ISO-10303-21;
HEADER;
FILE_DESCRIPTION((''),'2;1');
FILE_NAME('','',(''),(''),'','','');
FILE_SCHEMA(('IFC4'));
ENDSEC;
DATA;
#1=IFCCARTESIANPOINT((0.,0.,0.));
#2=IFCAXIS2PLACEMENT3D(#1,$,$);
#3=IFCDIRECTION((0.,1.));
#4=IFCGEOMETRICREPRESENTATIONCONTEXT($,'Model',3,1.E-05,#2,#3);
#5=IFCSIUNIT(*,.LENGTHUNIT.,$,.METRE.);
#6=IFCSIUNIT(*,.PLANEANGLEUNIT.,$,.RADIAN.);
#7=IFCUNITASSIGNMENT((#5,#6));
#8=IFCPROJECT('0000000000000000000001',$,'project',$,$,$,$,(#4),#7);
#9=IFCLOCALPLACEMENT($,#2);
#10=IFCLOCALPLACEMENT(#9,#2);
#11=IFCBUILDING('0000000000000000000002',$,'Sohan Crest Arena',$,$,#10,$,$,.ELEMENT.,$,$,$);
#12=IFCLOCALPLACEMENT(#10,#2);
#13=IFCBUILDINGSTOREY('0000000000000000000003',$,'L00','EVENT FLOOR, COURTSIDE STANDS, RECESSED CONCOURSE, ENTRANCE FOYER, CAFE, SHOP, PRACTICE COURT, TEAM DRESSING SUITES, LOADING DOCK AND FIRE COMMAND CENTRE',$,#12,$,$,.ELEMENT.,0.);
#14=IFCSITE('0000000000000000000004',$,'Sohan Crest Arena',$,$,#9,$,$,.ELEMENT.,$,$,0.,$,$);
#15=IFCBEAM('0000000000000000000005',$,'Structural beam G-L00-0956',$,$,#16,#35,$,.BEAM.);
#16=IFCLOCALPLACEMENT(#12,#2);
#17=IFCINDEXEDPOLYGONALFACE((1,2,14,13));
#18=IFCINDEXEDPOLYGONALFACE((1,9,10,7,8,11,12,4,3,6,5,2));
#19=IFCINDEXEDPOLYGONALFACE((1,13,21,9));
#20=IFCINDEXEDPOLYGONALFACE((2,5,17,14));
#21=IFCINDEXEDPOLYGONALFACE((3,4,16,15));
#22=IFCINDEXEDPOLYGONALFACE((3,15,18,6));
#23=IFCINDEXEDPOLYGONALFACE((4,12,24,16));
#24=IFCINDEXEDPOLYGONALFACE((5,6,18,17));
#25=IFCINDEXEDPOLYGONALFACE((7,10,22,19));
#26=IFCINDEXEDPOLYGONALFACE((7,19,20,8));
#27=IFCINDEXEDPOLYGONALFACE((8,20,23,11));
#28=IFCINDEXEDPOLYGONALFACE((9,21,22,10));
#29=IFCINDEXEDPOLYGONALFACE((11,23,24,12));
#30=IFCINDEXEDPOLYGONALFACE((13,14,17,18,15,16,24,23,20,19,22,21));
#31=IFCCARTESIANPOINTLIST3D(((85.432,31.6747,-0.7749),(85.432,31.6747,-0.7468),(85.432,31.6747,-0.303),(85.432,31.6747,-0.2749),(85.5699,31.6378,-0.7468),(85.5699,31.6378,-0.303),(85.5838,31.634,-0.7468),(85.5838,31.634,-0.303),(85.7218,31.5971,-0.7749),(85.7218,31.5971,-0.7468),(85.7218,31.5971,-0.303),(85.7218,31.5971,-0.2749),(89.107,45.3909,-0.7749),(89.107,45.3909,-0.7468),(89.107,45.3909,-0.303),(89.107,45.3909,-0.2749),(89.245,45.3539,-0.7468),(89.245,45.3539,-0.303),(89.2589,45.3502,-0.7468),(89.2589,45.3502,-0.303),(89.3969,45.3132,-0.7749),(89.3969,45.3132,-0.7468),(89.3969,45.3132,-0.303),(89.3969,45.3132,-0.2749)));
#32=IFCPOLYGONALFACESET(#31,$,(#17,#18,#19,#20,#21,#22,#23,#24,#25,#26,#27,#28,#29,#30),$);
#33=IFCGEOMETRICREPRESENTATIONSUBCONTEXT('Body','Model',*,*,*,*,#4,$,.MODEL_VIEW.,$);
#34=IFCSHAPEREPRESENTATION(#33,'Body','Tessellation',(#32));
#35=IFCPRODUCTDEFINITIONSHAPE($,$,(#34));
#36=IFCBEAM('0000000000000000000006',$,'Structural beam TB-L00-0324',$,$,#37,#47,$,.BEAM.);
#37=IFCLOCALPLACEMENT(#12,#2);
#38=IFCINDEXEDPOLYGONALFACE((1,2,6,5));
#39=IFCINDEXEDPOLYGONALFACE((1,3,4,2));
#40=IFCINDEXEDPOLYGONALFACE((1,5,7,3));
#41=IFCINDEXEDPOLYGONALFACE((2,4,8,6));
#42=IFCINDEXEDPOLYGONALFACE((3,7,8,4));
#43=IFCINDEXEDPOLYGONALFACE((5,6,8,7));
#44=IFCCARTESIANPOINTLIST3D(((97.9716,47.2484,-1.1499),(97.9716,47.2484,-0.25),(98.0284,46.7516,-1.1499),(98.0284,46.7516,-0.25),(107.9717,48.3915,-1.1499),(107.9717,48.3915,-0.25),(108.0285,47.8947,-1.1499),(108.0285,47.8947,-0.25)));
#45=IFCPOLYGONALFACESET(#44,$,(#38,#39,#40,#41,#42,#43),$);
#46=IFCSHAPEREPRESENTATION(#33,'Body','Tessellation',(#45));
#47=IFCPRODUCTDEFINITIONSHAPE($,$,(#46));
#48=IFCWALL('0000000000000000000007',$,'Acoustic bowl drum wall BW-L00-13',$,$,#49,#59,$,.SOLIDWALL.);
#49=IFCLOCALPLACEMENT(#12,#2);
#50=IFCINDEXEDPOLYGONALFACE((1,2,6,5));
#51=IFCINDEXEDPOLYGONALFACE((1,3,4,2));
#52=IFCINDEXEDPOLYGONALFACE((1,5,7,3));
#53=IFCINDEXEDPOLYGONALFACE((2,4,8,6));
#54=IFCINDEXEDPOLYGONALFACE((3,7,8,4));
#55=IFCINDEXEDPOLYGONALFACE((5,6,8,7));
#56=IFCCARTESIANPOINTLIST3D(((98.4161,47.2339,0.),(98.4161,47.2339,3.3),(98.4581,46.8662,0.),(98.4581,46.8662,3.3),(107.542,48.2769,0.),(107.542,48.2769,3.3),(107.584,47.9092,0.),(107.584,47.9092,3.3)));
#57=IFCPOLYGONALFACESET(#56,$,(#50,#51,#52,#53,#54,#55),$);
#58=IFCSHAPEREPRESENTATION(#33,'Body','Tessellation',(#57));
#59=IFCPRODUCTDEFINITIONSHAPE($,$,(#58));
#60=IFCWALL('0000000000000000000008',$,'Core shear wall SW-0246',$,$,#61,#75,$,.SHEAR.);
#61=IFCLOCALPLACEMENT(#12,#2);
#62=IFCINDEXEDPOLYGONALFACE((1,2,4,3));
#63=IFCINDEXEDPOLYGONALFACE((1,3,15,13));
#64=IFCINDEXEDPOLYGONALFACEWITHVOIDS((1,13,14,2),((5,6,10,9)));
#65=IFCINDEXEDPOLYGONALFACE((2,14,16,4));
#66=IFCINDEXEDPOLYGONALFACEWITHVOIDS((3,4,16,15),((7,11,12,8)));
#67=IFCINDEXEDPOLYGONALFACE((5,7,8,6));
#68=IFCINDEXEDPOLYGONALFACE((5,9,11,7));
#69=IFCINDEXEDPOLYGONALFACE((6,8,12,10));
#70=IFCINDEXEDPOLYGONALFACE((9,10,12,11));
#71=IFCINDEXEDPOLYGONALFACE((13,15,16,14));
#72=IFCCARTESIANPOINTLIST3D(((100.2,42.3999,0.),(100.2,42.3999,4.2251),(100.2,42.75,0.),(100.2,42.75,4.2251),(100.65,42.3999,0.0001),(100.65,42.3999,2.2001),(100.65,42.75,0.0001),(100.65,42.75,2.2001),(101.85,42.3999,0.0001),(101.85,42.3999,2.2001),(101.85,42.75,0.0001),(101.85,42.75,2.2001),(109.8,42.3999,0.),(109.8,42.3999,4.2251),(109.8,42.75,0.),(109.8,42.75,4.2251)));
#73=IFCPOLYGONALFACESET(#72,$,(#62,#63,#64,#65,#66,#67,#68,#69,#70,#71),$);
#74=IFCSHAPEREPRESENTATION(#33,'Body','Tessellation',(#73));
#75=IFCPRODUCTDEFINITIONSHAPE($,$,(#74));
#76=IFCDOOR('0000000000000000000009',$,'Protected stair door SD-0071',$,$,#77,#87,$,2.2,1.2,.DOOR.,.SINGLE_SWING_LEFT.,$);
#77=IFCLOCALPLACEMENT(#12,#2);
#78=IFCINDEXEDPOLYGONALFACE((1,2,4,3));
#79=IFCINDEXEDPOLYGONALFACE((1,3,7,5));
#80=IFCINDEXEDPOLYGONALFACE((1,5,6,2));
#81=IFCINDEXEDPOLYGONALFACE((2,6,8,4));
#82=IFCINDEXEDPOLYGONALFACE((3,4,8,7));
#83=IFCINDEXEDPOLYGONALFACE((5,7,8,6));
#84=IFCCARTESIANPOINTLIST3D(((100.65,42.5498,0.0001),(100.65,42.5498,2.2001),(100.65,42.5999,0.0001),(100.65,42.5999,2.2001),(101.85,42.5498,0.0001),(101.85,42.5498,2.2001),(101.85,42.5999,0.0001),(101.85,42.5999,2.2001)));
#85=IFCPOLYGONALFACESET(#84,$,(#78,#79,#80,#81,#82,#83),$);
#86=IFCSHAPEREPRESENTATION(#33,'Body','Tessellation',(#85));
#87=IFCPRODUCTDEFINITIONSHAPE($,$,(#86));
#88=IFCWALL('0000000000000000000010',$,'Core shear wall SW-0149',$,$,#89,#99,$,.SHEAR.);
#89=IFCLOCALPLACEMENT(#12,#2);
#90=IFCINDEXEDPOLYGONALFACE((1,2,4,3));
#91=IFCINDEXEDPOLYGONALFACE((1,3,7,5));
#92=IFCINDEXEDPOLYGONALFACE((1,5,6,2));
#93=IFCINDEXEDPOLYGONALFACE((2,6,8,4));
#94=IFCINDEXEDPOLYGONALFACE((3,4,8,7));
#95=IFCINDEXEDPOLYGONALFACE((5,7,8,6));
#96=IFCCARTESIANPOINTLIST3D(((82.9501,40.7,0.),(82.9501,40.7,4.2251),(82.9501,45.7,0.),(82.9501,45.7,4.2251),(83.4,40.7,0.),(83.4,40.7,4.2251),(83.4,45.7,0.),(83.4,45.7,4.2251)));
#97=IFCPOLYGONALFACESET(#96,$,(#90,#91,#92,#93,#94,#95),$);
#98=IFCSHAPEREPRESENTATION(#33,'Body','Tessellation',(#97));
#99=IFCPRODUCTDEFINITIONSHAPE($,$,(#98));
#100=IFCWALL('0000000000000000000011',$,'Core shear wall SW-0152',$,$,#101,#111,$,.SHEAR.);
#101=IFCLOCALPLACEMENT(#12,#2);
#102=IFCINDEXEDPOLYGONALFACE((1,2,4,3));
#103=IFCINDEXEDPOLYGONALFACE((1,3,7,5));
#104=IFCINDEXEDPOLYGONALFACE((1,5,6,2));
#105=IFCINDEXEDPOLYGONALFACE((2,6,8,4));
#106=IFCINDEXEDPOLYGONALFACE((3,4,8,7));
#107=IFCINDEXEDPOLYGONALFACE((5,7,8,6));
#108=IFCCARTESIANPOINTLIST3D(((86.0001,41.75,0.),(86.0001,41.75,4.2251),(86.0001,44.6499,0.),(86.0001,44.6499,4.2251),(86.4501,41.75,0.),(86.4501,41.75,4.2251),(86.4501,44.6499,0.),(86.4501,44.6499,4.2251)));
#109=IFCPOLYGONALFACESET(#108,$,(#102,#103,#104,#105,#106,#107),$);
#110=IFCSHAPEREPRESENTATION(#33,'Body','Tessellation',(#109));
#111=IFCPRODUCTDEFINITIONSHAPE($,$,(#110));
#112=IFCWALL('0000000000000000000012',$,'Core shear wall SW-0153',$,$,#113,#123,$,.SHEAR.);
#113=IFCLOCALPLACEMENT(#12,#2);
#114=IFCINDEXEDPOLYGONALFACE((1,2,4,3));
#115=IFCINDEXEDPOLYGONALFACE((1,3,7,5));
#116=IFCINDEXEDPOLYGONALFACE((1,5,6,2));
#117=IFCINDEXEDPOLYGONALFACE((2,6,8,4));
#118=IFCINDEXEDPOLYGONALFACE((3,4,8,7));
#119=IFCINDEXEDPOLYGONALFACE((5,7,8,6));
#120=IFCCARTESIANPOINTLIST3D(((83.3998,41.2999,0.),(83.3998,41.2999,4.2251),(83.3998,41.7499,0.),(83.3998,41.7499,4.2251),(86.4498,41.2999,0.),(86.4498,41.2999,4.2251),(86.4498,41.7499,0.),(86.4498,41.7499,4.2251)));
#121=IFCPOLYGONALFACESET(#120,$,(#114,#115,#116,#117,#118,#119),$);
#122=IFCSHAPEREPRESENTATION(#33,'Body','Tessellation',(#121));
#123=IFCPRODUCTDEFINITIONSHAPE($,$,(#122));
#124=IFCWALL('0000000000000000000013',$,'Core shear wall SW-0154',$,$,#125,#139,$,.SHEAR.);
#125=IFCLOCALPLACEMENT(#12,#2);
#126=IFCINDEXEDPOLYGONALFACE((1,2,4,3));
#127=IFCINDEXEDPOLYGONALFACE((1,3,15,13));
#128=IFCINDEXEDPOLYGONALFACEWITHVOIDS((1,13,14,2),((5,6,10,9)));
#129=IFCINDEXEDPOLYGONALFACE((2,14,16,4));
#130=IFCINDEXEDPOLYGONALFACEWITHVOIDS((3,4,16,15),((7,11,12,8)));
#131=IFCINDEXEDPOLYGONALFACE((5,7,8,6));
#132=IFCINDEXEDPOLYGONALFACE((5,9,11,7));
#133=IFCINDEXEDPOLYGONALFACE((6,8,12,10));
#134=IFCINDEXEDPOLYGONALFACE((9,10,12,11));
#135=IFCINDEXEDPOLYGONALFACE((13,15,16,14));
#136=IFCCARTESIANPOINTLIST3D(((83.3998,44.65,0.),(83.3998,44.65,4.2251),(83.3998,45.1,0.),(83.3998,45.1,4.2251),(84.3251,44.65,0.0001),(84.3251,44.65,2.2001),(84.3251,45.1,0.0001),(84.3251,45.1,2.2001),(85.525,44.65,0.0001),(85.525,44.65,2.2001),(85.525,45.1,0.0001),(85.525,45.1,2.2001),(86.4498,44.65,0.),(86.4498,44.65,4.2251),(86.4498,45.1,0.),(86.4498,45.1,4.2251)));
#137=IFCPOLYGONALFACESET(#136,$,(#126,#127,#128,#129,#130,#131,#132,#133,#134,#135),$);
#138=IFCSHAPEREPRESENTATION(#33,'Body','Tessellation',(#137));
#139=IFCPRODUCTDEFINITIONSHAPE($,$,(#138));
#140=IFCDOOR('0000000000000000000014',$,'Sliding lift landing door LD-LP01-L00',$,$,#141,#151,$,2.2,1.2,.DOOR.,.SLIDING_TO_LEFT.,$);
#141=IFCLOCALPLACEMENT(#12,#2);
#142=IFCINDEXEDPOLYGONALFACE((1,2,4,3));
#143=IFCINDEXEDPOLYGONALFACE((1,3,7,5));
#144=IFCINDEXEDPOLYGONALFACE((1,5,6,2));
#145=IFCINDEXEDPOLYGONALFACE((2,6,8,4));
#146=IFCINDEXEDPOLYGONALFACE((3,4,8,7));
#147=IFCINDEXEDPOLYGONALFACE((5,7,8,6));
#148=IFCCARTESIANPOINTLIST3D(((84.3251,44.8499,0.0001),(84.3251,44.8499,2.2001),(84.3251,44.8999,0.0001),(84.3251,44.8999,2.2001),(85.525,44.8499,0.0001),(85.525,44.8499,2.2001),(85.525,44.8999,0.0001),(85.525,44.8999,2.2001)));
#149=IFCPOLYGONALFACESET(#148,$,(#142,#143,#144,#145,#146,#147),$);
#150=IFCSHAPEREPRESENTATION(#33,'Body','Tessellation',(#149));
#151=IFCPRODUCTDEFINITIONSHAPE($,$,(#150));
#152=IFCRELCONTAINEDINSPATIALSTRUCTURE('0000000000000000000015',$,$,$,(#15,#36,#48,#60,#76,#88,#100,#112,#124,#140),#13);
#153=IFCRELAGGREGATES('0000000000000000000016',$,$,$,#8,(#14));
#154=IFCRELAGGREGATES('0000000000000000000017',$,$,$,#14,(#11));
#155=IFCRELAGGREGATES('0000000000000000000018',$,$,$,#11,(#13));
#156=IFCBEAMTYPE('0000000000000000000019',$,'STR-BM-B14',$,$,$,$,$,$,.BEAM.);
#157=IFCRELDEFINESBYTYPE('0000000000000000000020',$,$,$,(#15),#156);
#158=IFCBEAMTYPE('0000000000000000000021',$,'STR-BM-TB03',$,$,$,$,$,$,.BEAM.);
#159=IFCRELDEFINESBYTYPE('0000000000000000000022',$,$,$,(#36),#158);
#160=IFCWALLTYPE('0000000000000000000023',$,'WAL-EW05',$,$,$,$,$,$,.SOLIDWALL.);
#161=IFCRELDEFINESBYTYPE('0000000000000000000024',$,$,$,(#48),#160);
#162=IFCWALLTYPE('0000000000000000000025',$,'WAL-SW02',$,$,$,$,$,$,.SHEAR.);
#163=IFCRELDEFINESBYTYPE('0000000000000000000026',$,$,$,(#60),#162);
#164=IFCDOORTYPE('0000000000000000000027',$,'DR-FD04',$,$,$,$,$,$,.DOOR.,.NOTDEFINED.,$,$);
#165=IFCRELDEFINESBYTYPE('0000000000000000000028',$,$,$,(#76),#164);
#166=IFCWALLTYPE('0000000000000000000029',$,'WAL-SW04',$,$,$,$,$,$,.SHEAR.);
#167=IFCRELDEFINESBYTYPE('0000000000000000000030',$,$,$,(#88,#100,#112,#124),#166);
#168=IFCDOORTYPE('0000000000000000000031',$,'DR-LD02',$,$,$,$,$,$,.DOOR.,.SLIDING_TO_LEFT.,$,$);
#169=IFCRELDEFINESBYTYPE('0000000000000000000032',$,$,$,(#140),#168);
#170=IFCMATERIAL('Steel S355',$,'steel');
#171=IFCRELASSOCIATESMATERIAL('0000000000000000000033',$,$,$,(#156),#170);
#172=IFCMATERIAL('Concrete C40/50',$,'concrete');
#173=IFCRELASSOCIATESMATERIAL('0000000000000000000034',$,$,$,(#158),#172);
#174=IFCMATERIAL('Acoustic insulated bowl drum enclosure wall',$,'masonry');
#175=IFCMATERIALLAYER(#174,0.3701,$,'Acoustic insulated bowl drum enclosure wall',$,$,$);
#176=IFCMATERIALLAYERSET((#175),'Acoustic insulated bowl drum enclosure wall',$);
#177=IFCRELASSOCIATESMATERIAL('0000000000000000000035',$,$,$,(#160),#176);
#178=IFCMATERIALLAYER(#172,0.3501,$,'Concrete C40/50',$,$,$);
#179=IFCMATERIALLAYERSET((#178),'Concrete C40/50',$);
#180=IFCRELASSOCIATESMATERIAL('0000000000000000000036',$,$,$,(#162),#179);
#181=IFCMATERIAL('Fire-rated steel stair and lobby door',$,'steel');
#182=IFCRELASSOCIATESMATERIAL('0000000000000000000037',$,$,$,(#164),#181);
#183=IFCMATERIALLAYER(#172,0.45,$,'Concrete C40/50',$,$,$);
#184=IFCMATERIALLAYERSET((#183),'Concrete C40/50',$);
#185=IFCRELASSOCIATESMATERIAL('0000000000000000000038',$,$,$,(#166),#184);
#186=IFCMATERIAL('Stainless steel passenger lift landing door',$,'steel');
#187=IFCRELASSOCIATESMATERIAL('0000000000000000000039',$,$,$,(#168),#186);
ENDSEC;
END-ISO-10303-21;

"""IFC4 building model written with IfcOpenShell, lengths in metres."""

from ifc_helpers import new_model, si_unit, direction, frame, frame_2d, origin, origin_2d, place, context, subcontext, project, spatial, rectangle, i_section, extrude, material, layer, layer_set, material_profile, profile_set, type_object, element, fill, save


model = new_model("IFC4")

# Units and contexts
model_context = context("Model", 3, precision=1e-05, world=origin(), true_north=direction((0.0, 1.0)))
body_context = subcontext(model_context, "Body", "Model", "MODEL_VIEW")
ifc_project = project(units=[si_unit("LENGTHUNIT", "METRE"), si_unit("PLANEANGLEUNIT", "RADIAN")], contexts=[model_context])

# Site, building, storey
site_placement = place(None, origin())
site = spatial("IfcSite", under=ifc_project, at=site_placement, Name="Sohan Crest Arena", CompositionType="ELEMENT", RefElevation=0.0)
building_placement = place(site_placement, origin())
building = spatial("IfcBuilding", under=site, at=building_placement, Name="Sohan Crest Arena", CompositionType="ELEMENT")
storey_placement = place(building_placement, origin())
storey = spatial("IfcBuildingStorey", under=building, at=storey_placement, Name="L00", Description="EVENT FLOOR, COURTSIDE STANDS, RECESSED CONCOURSE, ENTRANCE FOYER, CAFE, SHOP, PRACTICE COURT, TEAM DRESSING SUITES, LOADING DOCK AND FIRE COMMAND CENTRE", CompositionType="ELEMENT", Elevation=0.0)

# Shared definitions
ifc_material_1 = material(Name="Concrete C40/50", Category="concrete")
ifc_material_2 = material(Name="Steel S355", Category="steel")

# Beams
ifc_material_profile_1 = material_profile(ifc_material_2, i_section(OverallWidth=0.3, OverallDepth=0.5, WebThickness=0.0144, FlangeThickness=0.0281, at=origin_2d()), Name="HEB 500")
ifc_profile_set_1 = profile_set([ifc_material_profile_1], Name="Steel S355")
beam_type_1 = type_object("IfcBeamType", Name="STR-BM-B14", PredefinedType="BEAM", material=ifc_profile_set_1)
beam_1_placement = place(storey_placement, frame((89.252, 45.3521, -0.5249), z_axis=(-0.258809, -0.965929, 0.0), x_axis=(0.965929, -0.258809, 0.0)))
element("IfcBeam", 1, at=beam_1_placement, inside=storey, type_object=beam_type_1, Name="Structural beam G-L00-0956", PredefinedType="BEAM", context=body_context, shape_type="SweptSolid", body=[
    extrude(i_section(OverallWidth=0.3, OverallDepth=0.5, WebThickness=0.0144, FlangeThickness=0.0281, at=origin_2d()), origin(), (0.0, 0.0, 1.0), 14.2),
])
ifc_material_profile_2 = material_profile(ifc_material_1, rectangle(XDim=0.5, YDim=0.8999, at=origin_2d()), Name="RC-BM 500x900")
ifc_profile_set_2 = profile_set([ifc_material_profile_2], Name="Concrete C40/50")
beam_type_2 = type_object("IfcBeamType", Name="STR-BM-TB03", PredefinedType="BEAM", material=ifc_profile_set_2)
beam_2_placement = place(storey_placement, frame((98.0, 47.0, -0.7), z_axis=(0.99353, 0.113567, 0.0), x_axis=(-0.113567, 0.99353, 0.0)))
element("IfcBeam", 2, at=beam_2_placement, inside=storey, type_object=beam_type_2, Name="Structural beam TB-L00-0324", PredefinedType="BEAM", context=body_context, shape_type="SweptSolid", body=[
    extrude(rectangle(XDim=0.5, YDim=0.8999, at=origin_2d()), origin(), (0.0, 0.0, 1.0), 10.0652),
])

# Wall
ifc_material_3 = material(Name="Acoustic insulated bowl drum enclosure wall", Category="masonry")
ifc_layer_1 = layer(ifc_material_3, 0.3701, Name="Acoustic insulated bowl drum enclosure wall")
ifc_layer_set_1 = layer_set([ifc_layer_1], Name="Acoustic insulated bowl drum enclosure wall")
wall_type_1 = type_object("IfcWallType", Name="WAL-EW05", PredefinedType="SOLIDWALL", material=ifc_layer_set_1)
wall_1_placement = place(storey_placement, frame((98.437, 47.05, 0.0), z_axis=(0.0, 0.0, 1.0), x_axis=(0.993533, 0.113547, 0.0)))
element("IfcWall", 3, at=wall_1_placement, inside=storey, type_object=wall_type_1, Name="Acoustic bowl drum wall BW-L00-13", PredefinedType="SOLIDWALL", context=body_context, shape_type="SweptSolid", body=[
    extrude(rectangle(XDim=9.1853, YDim=0.3701, at=frame_2d((4.5928, 0.0))), origin(), (0.0, 0.0, 1.0), 3.3),
])

# Wall, opening, door
ifc_layer_2 = layer(ifc_material_1, 0.3501, Name="Concrete C40/50")
ifc_layer_set_2 = layer_set([ifc_layer_2], Name="Concrete C40/50")
wall_type_2 = type_object("IfcWallType", Name="WAL-SW02", PredefinedType="SHEAR", material=ifc_layer_set_2)
wall_2_placement = place(storey_placement, frame((100.2, 42.575, 0.0), z_axis=(0.0, 0.0, 1.0), x_axis=(1.0, 0.0, 0.0)))
wall_2 = element("IfcWall", 4, at=wall_2_placement, inside=storey, type_object=wall_type_2, Name="Core shear wall SW-0246", PredefinedType="SHEAR", context=body_context, shape_type="SweptSolid", body=[
    extrude(rectangle(XDim=9.6001, YDim=0.3501, at=frame_2d((4.8, 0.0))), origin(), (0.0, 0.0, 1.0), 4.2251),
])
opening_1_placement = place(wall_2_placement, frame((0.45, 0.0, 0.0)))
opening_1 = element("IfcOpeningElement", 5, at=opening_1_placement, cuts=wall_2, PredefinedType="OPENING", context=body_context, shape_type="SweptSolid", body=[
    extrude(rectangle(XDim=1.2, YDim=2.2, at=frame_2d((0.6001, 1.1001))), frame((0.0, 0.1851, 0.0), z_axis=(0.0, -1.0, 0.0), x_axis=(1.0, 0.0, 0.0)), (0.0, 0.0, 1.0), 0.3701),
])
ifc_material_4 = material(Name="Fire-rated steel stair and lobby door", Category="steel")
door_type_1 = type_object("IfcDoorType", Name="DR-FD04", OperationType="NOTDEFINED", PredefinedType="DOOR", material=ifc_material_4)
door_1_placement = place(opening_1_placement, origin())
door_1 = element("IfcDoor", 6, at=door_1_placement, inside=storey, type_object=door_type_1, Name="Protected stair door SD-0071", OperationType="SINGLE_SWING_LEFT", OverallHeight=2.2, OverallWidth=1.2, PredefinedType="DOOR", context=body_context, shape_type="SweptSolid", body=[
    extrude(rectangle(XDim=1.2, YDim=2.2, at=frame_2d((0.6001, 1.1001))), frame((0.0, 0.0249, 0.0), z_axis=(0.0, -1.0, 0.0), x_axis=(1.0, 0.0, 0.0)), (0.0, 0.0, 1.0), 0.05),
])
fill(opening_1, door_1)

# Walls
ifc_layer_3 = layer(ifc_material_1, 0.45, Name="Concrete C40/50")
ifc_layer_set_3 = layer_set([ifc_layer_3], Name="Concrete C40/50")
wall_type_3 = type_object("IfcWallType", Name="WAL-SW04", PredefinedType="SHEAR", material=ifc_layer_set_3)
wall_3_placement = place(storey_placement, frame((83.175, 40.7, 0.0), z_axis=(0.0, 0.0, 1.0), x_axis=(0.0, 1.0, 0.0)))
element("IfcWall", 7, at=wall_3_placement, inside=storey, type_object=wall_type_3, Name="Core shear wall SW-0149", PredefinedType="SHEAR", context=body_context, shape_type="SweptSolid", body=[
    extrude(rectangle(XDim=5.0, YDim=0.45, at=frame_2d((2.5, 0.0))), origin(), (0.0, 0.0, 1.0), 4.2251),
])
wall_4_placement = place(storey_placement, frame((86.2251, 41.75, 0.0), z_axis=(0.0, 0.0, 1.0), x_axis=(0.0, 1.0, 0.0)))
element("IfcWall", 8, at=wall_4_placement, inside=storey, type_object=wall_type_3, Name="Core shear wall SW-0152", PredefinedType="SHEAR", context=body_context, shape_type="SweptSolid", body=[
    extrude(rectangle(XDim=2.8999, YDim=0.45, at=frame_2d((1.45, 0.0))), origin(), (0.0, 0.0, 1.0), 4.2251),
])
wall_5_placement = place(storey_placement, frame((83.3999, 41.5249, 0.0), z_axis=(0.0, 0.0, 1.0), x_axis=(1.0, 0.0, 0.0)))
element("IfcWall", 9, at=wall_5_placement, inside=storey, type_object=wall_type_3, Name="Core shear wall SW-0153", PredefinedType="SHEAR", context=body_context, shape_type="SweptSolid", body=[
    extrude(rectangle(XDim=3.05, YDim=0.45, at=frame_2d((1.5249, 0.0))), origin(), (0.0, 0.0, 1.0), 4.2251),
])

# Wall, opening, door
wall_6_placement = place(storey_placement, frame((83.3999, 44.875, 0.0), z_axis=(0.0, 0.0, 1.0), x_axis=(1.0, 0.0, 0.0)))
wall_6 = element("IfcWall", 10, at=wall_6_placement, inside=storey, type_object=wall_type_3, Name="Core shear wall SW-0154", PredefinedType="SHEAR", context=body_context, shape_type="SweptSolid", body=[
    extrude(rectangle(XDim=3.05, YDim=0.45, at=frame_2d((1.5249, 0.0))), origin(), (0.0, 0.0, 1.0), 4.2251),
])
opening_2_placement = place(wall_6_placement, frame((0.925, 0.0, 0.0)))
opening_2 = element("IfcOpeningElement", 11, at=opening_2_placement, cuts=wall_6, PredefinedType="OPENING", context=body_context, shape_type="SweptSolid", body=[
    extrude(rectangle(XDim=1.2, YDim=2.2, at=frame_2d((0.6001, 1.1001))), frame((0.0, 0.2349, 0.0), z_axis=(0.0, -1.0, 0.0), x_axis=(1.0, 0.0, 0.0)), (0.0, 0.0, 1.0), 0.47),
])
ifc_material_5 = material(Name="Stainless steel passenger lift landing door", Category="steel")
door_type_2 = type_object("IfcDoorType", Name="DR-LD02", OperationType="SLIDING_TO_LEFT", PredefinedType="DOOR", material=ifc_material_5)
door_2_placement = place(opening_2_placement, origin())
door_2 = element("IfcDoor", 12, at=door_2_placement, inside=storey, type_object=door_type_2, Name="Sliding lift landing door LD-LP01-L00", OperationType="SLIDING_TO_LEFT", OverallHeight=2.2, OverallWidth=1.2, PredefinedType="DOOR", context=body_context, shape_type="SweptSolid", body=[
    extrude(rectangle(XDim=1.2, YDim=2.2, at=frame_2d((0.6001, 1.1001))), frame((0.0, 0.0249, 0.0), z_axis=(0.0, -1.0, 0.0), x_axis=(1.0, 0.0, 0.0)), (0.0, 0.0, 1.0), 0.05),
])
fill(opening_2, door_2)

save(model, "model.ifc")
